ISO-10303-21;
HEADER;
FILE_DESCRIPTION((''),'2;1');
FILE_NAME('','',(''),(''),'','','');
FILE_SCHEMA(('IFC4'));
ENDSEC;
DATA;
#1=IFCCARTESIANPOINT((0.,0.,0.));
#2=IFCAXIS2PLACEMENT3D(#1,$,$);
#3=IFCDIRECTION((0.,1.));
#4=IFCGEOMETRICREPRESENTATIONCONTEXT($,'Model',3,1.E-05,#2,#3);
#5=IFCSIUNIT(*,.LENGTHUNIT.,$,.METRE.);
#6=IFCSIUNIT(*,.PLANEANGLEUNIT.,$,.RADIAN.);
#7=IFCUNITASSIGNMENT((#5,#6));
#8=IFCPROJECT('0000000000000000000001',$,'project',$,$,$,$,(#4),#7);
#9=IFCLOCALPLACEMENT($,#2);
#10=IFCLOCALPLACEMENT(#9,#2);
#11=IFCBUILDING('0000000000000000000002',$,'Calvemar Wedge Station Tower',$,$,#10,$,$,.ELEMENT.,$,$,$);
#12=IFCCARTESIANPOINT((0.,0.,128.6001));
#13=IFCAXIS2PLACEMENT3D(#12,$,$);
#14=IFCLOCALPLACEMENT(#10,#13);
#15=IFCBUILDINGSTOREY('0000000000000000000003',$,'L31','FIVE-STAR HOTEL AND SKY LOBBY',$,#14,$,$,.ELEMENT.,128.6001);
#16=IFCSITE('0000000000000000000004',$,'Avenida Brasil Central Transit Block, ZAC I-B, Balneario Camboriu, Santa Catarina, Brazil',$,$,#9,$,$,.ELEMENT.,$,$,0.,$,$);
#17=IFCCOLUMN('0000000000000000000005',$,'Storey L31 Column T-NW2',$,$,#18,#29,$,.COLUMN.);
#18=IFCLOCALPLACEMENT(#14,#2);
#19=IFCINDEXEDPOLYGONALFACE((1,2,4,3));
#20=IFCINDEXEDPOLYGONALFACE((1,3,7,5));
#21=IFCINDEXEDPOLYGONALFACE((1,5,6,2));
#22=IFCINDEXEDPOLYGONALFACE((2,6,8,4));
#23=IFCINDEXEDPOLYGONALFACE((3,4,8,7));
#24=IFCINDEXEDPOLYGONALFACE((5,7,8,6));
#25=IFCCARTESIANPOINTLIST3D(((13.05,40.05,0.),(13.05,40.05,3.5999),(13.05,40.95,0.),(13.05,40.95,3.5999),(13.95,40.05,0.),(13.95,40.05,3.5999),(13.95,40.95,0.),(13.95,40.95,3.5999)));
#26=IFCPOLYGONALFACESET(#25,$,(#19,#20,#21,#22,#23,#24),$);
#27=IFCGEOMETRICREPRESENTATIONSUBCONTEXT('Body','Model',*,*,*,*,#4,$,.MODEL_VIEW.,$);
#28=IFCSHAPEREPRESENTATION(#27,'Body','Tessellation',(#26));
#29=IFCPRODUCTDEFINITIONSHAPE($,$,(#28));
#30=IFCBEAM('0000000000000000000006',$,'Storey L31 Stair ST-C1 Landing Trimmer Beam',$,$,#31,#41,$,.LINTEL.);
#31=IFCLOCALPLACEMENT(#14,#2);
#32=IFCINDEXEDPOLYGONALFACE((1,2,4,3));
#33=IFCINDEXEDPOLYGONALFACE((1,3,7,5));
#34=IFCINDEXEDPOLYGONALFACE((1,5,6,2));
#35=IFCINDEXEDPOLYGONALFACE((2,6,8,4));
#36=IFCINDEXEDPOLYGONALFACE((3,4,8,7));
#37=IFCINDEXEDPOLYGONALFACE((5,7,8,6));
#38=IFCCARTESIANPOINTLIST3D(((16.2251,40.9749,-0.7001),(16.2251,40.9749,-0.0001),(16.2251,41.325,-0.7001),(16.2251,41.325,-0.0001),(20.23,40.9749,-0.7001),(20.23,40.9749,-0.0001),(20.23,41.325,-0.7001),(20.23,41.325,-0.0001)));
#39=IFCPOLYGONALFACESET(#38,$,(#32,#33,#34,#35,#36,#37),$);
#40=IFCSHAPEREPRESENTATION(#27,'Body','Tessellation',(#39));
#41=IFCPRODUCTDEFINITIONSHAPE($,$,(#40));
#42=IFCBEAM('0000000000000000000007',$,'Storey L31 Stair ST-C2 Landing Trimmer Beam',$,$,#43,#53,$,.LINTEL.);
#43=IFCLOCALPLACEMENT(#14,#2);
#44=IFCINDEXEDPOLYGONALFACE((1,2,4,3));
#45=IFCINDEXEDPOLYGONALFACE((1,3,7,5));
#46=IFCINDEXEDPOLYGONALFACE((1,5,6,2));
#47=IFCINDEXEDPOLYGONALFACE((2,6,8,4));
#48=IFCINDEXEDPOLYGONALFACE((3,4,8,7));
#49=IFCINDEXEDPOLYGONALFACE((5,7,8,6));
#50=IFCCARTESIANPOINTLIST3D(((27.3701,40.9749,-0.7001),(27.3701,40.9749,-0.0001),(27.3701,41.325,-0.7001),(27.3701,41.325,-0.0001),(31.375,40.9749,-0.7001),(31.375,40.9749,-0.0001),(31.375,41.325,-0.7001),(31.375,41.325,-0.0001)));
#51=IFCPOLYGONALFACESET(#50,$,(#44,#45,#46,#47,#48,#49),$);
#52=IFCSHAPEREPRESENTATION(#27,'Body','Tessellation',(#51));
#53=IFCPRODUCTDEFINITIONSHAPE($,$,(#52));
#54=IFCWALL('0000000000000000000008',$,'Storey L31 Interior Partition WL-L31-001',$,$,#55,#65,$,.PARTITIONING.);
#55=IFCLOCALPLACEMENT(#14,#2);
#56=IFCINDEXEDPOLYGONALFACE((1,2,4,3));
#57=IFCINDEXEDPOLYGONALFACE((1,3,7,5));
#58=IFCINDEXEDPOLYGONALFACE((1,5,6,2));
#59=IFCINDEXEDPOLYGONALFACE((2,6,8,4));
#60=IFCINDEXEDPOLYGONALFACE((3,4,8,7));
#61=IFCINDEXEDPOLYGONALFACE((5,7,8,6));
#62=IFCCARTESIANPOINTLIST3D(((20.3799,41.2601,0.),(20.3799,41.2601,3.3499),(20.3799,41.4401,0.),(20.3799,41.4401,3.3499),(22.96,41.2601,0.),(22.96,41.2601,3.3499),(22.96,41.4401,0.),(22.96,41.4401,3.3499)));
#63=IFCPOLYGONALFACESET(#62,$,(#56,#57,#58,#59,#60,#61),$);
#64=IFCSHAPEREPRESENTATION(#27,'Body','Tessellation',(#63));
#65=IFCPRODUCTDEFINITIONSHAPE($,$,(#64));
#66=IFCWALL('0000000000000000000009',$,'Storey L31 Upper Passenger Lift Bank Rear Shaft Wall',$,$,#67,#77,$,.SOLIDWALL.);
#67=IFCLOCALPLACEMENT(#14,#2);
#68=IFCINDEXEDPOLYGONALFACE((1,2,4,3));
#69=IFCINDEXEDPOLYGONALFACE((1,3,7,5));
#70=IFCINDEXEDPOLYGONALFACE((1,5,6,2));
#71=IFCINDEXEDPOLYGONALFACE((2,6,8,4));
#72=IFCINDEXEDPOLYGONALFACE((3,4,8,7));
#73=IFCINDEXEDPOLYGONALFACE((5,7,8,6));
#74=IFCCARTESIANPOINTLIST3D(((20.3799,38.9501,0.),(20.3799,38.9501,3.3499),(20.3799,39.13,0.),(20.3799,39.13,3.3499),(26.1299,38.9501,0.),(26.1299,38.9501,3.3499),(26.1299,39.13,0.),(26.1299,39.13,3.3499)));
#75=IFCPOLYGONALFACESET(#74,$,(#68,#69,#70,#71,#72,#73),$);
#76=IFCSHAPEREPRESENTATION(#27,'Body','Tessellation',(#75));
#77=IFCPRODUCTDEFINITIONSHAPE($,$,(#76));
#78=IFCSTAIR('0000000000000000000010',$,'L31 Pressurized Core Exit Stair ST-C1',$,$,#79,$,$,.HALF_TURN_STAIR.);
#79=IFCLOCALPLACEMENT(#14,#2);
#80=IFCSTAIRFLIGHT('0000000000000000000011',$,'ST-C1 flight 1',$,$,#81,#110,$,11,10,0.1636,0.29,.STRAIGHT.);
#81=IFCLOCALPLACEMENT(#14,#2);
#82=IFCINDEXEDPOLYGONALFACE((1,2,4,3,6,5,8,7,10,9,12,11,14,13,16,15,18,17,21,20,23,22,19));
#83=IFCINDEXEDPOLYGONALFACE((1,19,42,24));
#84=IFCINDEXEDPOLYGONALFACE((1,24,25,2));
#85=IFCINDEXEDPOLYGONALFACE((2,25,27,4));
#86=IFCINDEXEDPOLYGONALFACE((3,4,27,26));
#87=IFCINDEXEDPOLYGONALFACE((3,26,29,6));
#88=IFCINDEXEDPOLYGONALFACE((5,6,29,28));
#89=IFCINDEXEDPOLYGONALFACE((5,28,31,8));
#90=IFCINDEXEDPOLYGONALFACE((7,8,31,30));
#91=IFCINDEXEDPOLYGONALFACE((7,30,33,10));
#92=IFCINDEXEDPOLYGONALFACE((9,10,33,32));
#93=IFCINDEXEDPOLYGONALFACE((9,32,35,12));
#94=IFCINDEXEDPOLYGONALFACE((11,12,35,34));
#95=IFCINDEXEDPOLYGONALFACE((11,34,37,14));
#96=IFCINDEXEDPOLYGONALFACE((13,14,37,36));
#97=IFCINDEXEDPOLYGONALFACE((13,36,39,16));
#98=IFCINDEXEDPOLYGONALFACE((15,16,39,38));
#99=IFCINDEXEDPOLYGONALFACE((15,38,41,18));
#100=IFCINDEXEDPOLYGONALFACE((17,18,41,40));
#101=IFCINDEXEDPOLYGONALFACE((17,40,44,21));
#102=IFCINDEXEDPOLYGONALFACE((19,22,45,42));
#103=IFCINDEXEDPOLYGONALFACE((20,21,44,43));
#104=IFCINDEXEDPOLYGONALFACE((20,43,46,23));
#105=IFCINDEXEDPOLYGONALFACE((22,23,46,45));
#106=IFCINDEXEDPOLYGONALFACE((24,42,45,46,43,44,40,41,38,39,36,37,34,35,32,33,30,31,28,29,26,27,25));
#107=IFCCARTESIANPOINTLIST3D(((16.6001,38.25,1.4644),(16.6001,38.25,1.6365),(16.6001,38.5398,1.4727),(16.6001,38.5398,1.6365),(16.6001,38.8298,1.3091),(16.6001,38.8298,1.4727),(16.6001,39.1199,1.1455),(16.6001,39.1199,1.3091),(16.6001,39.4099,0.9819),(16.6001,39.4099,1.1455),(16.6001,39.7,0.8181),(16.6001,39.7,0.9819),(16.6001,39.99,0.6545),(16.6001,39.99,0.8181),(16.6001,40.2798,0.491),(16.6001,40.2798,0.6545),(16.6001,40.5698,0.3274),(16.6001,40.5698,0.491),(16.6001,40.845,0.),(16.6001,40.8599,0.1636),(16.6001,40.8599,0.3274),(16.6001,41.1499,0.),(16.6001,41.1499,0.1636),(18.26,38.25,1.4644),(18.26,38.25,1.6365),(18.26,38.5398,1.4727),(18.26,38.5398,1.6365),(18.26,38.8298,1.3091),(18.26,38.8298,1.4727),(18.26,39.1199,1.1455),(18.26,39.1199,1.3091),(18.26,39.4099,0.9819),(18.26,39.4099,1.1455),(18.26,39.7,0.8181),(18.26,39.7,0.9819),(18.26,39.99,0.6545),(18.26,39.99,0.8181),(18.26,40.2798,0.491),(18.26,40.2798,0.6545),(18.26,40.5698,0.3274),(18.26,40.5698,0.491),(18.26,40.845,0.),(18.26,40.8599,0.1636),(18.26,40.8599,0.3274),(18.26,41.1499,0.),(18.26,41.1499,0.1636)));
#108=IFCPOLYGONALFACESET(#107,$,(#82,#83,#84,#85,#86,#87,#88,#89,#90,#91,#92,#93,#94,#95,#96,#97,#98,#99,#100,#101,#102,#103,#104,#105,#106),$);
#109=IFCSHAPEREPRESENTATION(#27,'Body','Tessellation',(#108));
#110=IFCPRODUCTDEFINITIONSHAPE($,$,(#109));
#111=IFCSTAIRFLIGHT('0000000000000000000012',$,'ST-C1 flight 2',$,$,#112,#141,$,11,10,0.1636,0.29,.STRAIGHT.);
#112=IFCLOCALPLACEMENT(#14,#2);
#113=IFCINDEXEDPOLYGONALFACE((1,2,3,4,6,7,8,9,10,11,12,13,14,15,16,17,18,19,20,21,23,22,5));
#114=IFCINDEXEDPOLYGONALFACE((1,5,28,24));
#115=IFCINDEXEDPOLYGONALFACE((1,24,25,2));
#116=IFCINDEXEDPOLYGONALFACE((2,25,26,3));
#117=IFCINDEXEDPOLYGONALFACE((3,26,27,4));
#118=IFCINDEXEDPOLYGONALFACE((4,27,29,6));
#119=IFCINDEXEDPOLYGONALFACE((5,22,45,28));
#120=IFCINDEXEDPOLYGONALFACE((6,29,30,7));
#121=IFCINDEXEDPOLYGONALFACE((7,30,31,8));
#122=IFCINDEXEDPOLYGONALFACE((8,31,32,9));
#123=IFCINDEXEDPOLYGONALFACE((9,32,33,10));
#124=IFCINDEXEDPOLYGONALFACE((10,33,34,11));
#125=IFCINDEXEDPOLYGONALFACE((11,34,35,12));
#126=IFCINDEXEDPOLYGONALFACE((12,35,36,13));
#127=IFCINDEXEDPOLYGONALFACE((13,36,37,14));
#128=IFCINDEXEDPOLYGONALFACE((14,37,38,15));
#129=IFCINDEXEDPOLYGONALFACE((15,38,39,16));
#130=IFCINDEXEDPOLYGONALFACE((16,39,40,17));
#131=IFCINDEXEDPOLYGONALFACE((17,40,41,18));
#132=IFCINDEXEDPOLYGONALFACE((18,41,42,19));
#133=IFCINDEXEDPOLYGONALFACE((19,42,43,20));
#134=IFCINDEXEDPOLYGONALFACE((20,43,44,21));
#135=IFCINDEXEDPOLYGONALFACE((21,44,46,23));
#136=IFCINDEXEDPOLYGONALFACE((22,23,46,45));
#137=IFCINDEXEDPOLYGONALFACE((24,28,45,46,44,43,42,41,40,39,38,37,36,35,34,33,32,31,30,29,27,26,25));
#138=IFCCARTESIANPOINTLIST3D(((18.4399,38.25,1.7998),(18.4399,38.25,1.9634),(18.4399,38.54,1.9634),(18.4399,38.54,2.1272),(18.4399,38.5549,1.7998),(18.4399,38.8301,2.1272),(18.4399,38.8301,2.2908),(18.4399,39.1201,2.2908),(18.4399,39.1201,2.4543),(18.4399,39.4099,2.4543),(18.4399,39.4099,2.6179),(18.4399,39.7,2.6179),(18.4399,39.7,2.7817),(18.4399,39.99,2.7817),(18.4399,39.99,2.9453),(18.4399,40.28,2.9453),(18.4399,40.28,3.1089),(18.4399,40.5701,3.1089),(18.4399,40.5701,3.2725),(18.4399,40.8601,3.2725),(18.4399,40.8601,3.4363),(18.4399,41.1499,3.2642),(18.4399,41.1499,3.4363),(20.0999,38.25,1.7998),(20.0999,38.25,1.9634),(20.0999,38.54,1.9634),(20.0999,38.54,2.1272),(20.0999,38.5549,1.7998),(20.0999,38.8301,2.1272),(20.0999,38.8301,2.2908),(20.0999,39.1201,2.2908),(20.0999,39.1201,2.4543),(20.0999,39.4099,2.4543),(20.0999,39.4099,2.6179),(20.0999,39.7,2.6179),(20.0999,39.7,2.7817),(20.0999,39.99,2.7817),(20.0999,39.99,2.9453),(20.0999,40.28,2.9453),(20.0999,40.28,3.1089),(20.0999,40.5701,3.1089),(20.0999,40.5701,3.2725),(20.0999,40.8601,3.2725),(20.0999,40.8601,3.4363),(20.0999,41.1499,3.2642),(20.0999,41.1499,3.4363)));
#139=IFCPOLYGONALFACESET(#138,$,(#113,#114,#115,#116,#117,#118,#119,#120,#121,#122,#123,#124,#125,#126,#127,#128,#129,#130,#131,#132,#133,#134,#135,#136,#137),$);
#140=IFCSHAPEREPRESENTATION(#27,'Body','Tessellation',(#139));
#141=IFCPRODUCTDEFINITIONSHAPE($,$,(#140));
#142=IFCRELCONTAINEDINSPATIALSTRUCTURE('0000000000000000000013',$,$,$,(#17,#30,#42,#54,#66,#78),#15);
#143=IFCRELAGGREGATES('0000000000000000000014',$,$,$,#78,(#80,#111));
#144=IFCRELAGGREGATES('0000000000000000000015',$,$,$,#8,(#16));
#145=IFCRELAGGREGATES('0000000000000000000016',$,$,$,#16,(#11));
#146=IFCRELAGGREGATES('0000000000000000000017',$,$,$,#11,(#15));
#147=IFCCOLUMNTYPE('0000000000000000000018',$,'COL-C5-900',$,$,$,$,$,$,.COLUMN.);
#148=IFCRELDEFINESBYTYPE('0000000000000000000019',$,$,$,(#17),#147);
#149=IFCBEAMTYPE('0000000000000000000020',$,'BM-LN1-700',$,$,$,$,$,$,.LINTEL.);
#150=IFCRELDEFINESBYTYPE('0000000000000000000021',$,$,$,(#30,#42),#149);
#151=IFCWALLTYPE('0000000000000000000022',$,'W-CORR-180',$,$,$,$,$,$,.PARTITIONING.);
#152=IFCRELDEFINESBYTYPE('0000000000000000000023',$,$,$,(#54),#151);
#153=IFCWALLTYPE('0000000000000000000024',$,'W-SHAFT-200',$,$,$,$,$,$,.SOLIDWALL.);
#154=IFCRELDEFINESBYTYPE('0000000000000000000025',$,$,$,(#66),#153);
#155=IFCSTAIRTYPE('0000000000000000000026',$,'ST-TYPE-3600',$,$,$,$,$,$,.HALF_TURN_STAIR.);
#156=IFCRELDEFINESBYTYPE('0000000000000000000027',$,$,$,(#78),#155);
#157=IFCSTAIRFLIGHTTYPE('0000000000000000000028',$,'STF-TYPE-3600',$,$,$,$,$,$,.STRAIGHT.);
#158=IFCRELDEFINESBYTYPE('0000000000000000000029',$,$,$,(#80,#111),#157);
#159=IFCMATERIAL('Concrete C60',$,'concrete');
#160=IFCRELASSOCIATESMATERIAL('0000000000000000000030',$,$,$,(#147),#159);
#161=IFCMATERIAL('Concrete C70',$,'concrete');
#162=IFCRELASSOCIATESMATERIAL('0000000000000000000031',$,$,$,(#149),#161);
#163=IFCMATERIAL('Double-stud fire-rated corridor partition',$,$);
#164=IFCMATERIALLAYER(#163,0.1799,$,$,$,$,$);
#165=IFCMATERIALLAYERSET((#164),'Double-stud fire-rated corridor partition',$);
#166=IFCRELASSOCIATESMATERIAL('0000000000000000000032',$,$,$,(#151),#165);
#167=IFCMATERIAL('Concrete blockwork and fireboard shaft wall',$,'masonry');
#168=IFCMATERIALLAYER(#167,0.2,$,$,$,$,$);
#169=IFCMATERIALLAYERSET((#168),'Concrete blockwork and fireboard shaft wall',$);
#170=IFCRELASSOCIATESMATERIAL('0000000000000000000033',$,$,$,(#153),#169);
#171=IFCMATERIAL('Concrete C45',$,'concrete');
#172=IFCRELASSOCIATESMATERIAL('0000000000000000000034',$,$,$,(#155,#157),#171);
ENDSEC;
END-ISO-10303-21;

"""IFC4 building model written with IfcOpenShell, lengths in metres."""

from ifc_helpers import new_model, si_unit, direction, frame, frame_2d, origin, origin_2d, place, context, subcontext, project, spatial, polyline, rectangle, outline, extrude, source, transform, mapped, material, layer, layer_set, material_profile, profile_set, type_object, element, aggregate, save


model = new_model("IFC4")

# Units and contexts
model_context = context("Model", 3, precision=1e-05, world=origin(), true_north=direction((0.0, 1.0)))
body_context = subcontext(model_context, "Body", "Model", "MODEL_VIEW")
ifc_project = project(units=[si_unit("LENGTHUNIT", "METRE"), si_unit("PLANEANGLEUNIT", "RADIAN")], contexts=[model_context])

# Site, building, storey
site_placement = place(None, origin())
site = spatial("IfcSite", under=ifc_project, at=site_placement, Name="Avenida Brasil Central Transit Block, ZAC I-B, Balneario Camboriu, Santa Catarina, Brazil", CompositionType="ELEMENT", RefElevation=0.0)
building_placement = place(site_placement, origin())
building = spatial("IfcBuilding", under=site, at=building_placement, Name="Calvemar Wedge Station Tower", CompositionType="ELEMENT")
storey_placement = place(building_placement, frame((0.0, 0.0, 128.6001)))
storey = spatial("IfcBuildingStorey", under=building, at=storey_placement, Name="L31", Description="FIVE-STAR HOTEL AND SKY LOBBY", CompositionType="ELEMENT", Elevation=128.6001)

# Column
ifc_material_1 = material(Name="Concrete C60", Category="concrete")
ifc_material_profile_1 = material_profile(ifc_material_1, rectangle(XDim=0.8999, YDim=0.8999, at=origin_2d()), Name="RC900x900")
ifc_profile_set_1 = profile_set([ifc_material_profile_1], Name="Concrete C60")
column_type = type_object("IfcColumnType", Name="COL-C5-900", PredefinedType="COLUMN", material=ifc_profile_set_1)
shared_shape_1 = source(origin(), body_context, "Body", "SweptSolid", [
    extrude(rectangle(XDim=0.8999, YDim=0.8999, at=origin_2d()), origin(), (0.0, 0.0, 1.0), 3.5999),
])
column_placement = place(storey_placement, frame((13.5, 40.5, 0.0), z_axis=(0.0, 0.0, 1.0), x_axis=(1.0, 0.0, 0.0)))
element("IfcColumn", 1, at=column_placement, inside=storey, type_object=column_type, Name="Storey L31 Column T-NW2", PredefinedType="COLUMN", context=body_context, shape_type="MappedRepresentation", body=[
    mapped(shared_shape_1, transform((0.0, 0.0, 0.0), scale=1.0)),
])

# Beams
ifc_material_2 = material(Name="Concrete C70", Category="concrete")
ifc_material_profile_2 = material_profile(ifc_material_2, rectangle(XDim=0.3501, YDim=0.7, at=origin_2d()), Name="RC350x700")
ifc_profile_set_2 = profile_set([ifc_material_profile_2], Name="Concrete C70")
beam_type = type_object("IfcBeamType", Name="BM-LN1-700", PredefinedType="LINTEL", material=ifc_profile_set_2)
shared_shape_2 = source(origin(), body_context, "Body", "SweptSolid", [
    extrude(rectangle(XDim=0.3501, YDim=0.7, at=origin_2d()), origin(), (0.0, 0.0, 1.0), 4.0049),
])
for number, where, z_axis, x_axis, name in (
    (2, (16.2251, 41.1499, -0.3501), (1.0, 0.0, 0.0), (0.0, 1.0, 0.0), "Storey L31 Stair ST-C1 Landing Trimmer Beam"),
    (3, (27.3701, 41.1499, -0.3501), (1.0, 0.0, 0.0), (0.0, 1.0, 0.0), "Storey L31 Stair ST-C2 Landing Trimmer Beam"),
):
    element("IfcBeam", number, at=place(storey_placement, frame(where, z_axis=z_axis, x_axis=x_axis)), inside=storey, type_object=beam_type, Name=name, PredefinedType="LINTEL", context=body_context, shape_type="MappedRepresentation", body=[
        mapped(shared_shape_2, transform((0.0, 0.0, 0.0), scale=1.0)),
    ])

# Wall
ifc_material_3 = material(Name="Double-stud fire-rated corridor partition")
ifc_layer_1 = layer(ifc_material_3, 0.1799)
ifc_layer_set_1 = layer_set([ifc_layer_1], Name="Double-stud fire-rated corridor partition")
wall_type_1 = type_object("IfcWallType", Name="W-CORR-180", PredefinedType="PARTITIONING", material=ifc_layer_set_1)
wall_1_placement = place(storey_placement, frame((22.96, 41.3501, 0.0), z_axis=(0.0, 0.0, 1.0), x_axis=(-1.0, 0.0, 0.0)))
element("IfcWall", 4, at=wall_1_placement, inside=storey, type_object=wall_type_1, Name="Storey L31 Interior Partition WL-L31-001", PredefinedType="PARTITIONING", context=body_context, shape_type="SweptSolid", body=[
    extrude(rectangle(XDim=2.5801, YDim=0.1799, at=frame_2d((1.29, 0.0))), origin(), (0.0, 0.0, 1.0), 3.3499),
])

# Wall
ifc_material_4 = material(Name="Concrete blockwork and fireboard shaft wall", Category="masonry")
ifc_layer_2 = layer(ifc_material_4, 0.2)
ifc_layer_set_2 = layer_set([ifc_layer_2], Name="Concrete blockwork and fireboard shaft wall")
wall_type_2 = type_object("IfcWallType", Name="W-SHAFT-200", PredefinedType="SOLIDWALL", material=ifc_layer_set_2)
wall_2_placement = place(storey_placement, frame((20.3799, 39.04, 0.0), z_axis=(0.0, 0.0, 1.0), x_axis=(1.0, 0.0, 0.0)))
element("IfcWall", 5, at=wall_2_placement, inside=storey, type_object=wall_type_2, Name="Storey L31 Upper Passenger Lift Bank Rear Shaft Wall", PredefinedType="SOLIDWALL", context=body_context, shape_type="SweptSolid", body=[
    extrude(rectangle(XDim=5.75, YDim=0.1799, at=frame_2d((2.875, 0.0))), origin(), (0.0, 0.0, 1.0), 3.3499),
])

# Stair, stair flights
ifc_material_5 = material(Name="Concrete C45", Category="concrete")
stair_type = type_object("IfcStairType", Name="ST-TYPE-3600", PredefinedType="HALF_TURN_STAIR", material=ifc_material_5)
stair_placement = place(storey_placement, origin())
stair = element("IfcStair", 6, at=stair_placement, inside=storey, type_object=stair_type, Name="L31 Pressurized Core Exit Stair ST-C1", PredefinedType="HALF_TURN_STAIR")
stair_flight_type = type_object("IfcStairFlightType", Name="STF-TYPE-3600", PredefinedType="STRAIGHT", material=ifc_material_5)
stair_flight_1_placement = place(storey_placement, frame((17.4299, 41.1499, 0.0), z_axis=(0.0, 0.0, 1.0), x_axis=(0.0, -1.0, 0.0)))
stair_flight_1 = element("IfcStairFlight", 7, at=stair_flight_1_placement, type_object=stair_flight_type, Name="ST-C1 flight 1", NumberOfRisers=11, NumberOfTreads=10, PredefinedType="STRAIGHT", RiserHeight=0.1636, TreadLength=0.29, context=body_context, shape_type="SweptSolid", body=[
    extrude(outline(polyline([(0.0, 0.0), (0.0, 0.1636), (0.29, 0.1636), (0.29, 0.3274), (0.5801, 0.3274), (0.5801, 0.491), (0.8701, 0.491), (0.8701, 0.6545), (1.1599, 0.6545), (1.1599, 0.8181), (1.45, 0.8181), (1.45, 0.9819), (1.74, 0.9819), (1.74, 1.1455), (2.03, 1.1455), (2.03, 1.3091), (2.3201, 1.3091), (2.3201, 1.4727), (2.6101, 1.4727), (2.6101, 1.6365), (2.8999, 1.6365), (2.8999, 1.8), (2.8999, 1.4644), (0.3049, 0.0), (0.0, 0.0)])), frame((0.0, 0.8301, 0.0), z_axis=(0.0, -1.0, 0.0), x_axis=(1.0, 0.0, 0.0)), (0.0, 0.0, 1.0), 1.6599),
])
stair_flight_2_placement = place(storey_placement, frame((19.27, 38.25, 1.7998), z_axis=(0.0, 0.0, 1.0), x_axis=(0.0, 1.0, 0.0)))
stair_flight_2 = element("IfcStairFlight", 8, at=stair_flight_2_placement, type_object=stair_flight_type, Name="ST-C1 flight 2", NumberOfRisers=11, NumberOfTreads=10, PredefinedType="STRAIGHT", RiserHeight=0.1636, TreadLength=0.29, context=body_context, shape_type="SweptSolid", body=[
    extrude(outline(polyline([(0.0, 0.0), (0.0, 0.1636), (0.29, 0.1636), (0.29, 0.3274), (0.5801, 0.3274), (0.5801, 0.491), (0.8701, 0.491), (0.8701, 0.6545), (1.1599, 0.6545), (1.1599, 0.8181), (1.45, 0.8181), (1.45, 0.9819), (1.74, 0.9819), (1.74, 1.1455), (2.03, 1.1455), (2.03, 1.3091), (2.3201, 1.3091), (2.3201, 1.4727), (2.6101, 1.4727), (2.6101, 1.6365), (2.8999, 1.6365), (2.8999, 1.8), (2.8999, 1.4644), (0.3049, 0.0), (0.0, 0.0)])), frame((0.0, 0.8301, 0.0), z_axis=(0.0, -1.0, 0.0), x_axis=(1.0, 0.0, 0.0)), (0.0, 0.0, 1.0), 1.6599),
])
aggregate(stair, [stair_flight_1, stair_flight_2])

save(model, "model.ifc")
